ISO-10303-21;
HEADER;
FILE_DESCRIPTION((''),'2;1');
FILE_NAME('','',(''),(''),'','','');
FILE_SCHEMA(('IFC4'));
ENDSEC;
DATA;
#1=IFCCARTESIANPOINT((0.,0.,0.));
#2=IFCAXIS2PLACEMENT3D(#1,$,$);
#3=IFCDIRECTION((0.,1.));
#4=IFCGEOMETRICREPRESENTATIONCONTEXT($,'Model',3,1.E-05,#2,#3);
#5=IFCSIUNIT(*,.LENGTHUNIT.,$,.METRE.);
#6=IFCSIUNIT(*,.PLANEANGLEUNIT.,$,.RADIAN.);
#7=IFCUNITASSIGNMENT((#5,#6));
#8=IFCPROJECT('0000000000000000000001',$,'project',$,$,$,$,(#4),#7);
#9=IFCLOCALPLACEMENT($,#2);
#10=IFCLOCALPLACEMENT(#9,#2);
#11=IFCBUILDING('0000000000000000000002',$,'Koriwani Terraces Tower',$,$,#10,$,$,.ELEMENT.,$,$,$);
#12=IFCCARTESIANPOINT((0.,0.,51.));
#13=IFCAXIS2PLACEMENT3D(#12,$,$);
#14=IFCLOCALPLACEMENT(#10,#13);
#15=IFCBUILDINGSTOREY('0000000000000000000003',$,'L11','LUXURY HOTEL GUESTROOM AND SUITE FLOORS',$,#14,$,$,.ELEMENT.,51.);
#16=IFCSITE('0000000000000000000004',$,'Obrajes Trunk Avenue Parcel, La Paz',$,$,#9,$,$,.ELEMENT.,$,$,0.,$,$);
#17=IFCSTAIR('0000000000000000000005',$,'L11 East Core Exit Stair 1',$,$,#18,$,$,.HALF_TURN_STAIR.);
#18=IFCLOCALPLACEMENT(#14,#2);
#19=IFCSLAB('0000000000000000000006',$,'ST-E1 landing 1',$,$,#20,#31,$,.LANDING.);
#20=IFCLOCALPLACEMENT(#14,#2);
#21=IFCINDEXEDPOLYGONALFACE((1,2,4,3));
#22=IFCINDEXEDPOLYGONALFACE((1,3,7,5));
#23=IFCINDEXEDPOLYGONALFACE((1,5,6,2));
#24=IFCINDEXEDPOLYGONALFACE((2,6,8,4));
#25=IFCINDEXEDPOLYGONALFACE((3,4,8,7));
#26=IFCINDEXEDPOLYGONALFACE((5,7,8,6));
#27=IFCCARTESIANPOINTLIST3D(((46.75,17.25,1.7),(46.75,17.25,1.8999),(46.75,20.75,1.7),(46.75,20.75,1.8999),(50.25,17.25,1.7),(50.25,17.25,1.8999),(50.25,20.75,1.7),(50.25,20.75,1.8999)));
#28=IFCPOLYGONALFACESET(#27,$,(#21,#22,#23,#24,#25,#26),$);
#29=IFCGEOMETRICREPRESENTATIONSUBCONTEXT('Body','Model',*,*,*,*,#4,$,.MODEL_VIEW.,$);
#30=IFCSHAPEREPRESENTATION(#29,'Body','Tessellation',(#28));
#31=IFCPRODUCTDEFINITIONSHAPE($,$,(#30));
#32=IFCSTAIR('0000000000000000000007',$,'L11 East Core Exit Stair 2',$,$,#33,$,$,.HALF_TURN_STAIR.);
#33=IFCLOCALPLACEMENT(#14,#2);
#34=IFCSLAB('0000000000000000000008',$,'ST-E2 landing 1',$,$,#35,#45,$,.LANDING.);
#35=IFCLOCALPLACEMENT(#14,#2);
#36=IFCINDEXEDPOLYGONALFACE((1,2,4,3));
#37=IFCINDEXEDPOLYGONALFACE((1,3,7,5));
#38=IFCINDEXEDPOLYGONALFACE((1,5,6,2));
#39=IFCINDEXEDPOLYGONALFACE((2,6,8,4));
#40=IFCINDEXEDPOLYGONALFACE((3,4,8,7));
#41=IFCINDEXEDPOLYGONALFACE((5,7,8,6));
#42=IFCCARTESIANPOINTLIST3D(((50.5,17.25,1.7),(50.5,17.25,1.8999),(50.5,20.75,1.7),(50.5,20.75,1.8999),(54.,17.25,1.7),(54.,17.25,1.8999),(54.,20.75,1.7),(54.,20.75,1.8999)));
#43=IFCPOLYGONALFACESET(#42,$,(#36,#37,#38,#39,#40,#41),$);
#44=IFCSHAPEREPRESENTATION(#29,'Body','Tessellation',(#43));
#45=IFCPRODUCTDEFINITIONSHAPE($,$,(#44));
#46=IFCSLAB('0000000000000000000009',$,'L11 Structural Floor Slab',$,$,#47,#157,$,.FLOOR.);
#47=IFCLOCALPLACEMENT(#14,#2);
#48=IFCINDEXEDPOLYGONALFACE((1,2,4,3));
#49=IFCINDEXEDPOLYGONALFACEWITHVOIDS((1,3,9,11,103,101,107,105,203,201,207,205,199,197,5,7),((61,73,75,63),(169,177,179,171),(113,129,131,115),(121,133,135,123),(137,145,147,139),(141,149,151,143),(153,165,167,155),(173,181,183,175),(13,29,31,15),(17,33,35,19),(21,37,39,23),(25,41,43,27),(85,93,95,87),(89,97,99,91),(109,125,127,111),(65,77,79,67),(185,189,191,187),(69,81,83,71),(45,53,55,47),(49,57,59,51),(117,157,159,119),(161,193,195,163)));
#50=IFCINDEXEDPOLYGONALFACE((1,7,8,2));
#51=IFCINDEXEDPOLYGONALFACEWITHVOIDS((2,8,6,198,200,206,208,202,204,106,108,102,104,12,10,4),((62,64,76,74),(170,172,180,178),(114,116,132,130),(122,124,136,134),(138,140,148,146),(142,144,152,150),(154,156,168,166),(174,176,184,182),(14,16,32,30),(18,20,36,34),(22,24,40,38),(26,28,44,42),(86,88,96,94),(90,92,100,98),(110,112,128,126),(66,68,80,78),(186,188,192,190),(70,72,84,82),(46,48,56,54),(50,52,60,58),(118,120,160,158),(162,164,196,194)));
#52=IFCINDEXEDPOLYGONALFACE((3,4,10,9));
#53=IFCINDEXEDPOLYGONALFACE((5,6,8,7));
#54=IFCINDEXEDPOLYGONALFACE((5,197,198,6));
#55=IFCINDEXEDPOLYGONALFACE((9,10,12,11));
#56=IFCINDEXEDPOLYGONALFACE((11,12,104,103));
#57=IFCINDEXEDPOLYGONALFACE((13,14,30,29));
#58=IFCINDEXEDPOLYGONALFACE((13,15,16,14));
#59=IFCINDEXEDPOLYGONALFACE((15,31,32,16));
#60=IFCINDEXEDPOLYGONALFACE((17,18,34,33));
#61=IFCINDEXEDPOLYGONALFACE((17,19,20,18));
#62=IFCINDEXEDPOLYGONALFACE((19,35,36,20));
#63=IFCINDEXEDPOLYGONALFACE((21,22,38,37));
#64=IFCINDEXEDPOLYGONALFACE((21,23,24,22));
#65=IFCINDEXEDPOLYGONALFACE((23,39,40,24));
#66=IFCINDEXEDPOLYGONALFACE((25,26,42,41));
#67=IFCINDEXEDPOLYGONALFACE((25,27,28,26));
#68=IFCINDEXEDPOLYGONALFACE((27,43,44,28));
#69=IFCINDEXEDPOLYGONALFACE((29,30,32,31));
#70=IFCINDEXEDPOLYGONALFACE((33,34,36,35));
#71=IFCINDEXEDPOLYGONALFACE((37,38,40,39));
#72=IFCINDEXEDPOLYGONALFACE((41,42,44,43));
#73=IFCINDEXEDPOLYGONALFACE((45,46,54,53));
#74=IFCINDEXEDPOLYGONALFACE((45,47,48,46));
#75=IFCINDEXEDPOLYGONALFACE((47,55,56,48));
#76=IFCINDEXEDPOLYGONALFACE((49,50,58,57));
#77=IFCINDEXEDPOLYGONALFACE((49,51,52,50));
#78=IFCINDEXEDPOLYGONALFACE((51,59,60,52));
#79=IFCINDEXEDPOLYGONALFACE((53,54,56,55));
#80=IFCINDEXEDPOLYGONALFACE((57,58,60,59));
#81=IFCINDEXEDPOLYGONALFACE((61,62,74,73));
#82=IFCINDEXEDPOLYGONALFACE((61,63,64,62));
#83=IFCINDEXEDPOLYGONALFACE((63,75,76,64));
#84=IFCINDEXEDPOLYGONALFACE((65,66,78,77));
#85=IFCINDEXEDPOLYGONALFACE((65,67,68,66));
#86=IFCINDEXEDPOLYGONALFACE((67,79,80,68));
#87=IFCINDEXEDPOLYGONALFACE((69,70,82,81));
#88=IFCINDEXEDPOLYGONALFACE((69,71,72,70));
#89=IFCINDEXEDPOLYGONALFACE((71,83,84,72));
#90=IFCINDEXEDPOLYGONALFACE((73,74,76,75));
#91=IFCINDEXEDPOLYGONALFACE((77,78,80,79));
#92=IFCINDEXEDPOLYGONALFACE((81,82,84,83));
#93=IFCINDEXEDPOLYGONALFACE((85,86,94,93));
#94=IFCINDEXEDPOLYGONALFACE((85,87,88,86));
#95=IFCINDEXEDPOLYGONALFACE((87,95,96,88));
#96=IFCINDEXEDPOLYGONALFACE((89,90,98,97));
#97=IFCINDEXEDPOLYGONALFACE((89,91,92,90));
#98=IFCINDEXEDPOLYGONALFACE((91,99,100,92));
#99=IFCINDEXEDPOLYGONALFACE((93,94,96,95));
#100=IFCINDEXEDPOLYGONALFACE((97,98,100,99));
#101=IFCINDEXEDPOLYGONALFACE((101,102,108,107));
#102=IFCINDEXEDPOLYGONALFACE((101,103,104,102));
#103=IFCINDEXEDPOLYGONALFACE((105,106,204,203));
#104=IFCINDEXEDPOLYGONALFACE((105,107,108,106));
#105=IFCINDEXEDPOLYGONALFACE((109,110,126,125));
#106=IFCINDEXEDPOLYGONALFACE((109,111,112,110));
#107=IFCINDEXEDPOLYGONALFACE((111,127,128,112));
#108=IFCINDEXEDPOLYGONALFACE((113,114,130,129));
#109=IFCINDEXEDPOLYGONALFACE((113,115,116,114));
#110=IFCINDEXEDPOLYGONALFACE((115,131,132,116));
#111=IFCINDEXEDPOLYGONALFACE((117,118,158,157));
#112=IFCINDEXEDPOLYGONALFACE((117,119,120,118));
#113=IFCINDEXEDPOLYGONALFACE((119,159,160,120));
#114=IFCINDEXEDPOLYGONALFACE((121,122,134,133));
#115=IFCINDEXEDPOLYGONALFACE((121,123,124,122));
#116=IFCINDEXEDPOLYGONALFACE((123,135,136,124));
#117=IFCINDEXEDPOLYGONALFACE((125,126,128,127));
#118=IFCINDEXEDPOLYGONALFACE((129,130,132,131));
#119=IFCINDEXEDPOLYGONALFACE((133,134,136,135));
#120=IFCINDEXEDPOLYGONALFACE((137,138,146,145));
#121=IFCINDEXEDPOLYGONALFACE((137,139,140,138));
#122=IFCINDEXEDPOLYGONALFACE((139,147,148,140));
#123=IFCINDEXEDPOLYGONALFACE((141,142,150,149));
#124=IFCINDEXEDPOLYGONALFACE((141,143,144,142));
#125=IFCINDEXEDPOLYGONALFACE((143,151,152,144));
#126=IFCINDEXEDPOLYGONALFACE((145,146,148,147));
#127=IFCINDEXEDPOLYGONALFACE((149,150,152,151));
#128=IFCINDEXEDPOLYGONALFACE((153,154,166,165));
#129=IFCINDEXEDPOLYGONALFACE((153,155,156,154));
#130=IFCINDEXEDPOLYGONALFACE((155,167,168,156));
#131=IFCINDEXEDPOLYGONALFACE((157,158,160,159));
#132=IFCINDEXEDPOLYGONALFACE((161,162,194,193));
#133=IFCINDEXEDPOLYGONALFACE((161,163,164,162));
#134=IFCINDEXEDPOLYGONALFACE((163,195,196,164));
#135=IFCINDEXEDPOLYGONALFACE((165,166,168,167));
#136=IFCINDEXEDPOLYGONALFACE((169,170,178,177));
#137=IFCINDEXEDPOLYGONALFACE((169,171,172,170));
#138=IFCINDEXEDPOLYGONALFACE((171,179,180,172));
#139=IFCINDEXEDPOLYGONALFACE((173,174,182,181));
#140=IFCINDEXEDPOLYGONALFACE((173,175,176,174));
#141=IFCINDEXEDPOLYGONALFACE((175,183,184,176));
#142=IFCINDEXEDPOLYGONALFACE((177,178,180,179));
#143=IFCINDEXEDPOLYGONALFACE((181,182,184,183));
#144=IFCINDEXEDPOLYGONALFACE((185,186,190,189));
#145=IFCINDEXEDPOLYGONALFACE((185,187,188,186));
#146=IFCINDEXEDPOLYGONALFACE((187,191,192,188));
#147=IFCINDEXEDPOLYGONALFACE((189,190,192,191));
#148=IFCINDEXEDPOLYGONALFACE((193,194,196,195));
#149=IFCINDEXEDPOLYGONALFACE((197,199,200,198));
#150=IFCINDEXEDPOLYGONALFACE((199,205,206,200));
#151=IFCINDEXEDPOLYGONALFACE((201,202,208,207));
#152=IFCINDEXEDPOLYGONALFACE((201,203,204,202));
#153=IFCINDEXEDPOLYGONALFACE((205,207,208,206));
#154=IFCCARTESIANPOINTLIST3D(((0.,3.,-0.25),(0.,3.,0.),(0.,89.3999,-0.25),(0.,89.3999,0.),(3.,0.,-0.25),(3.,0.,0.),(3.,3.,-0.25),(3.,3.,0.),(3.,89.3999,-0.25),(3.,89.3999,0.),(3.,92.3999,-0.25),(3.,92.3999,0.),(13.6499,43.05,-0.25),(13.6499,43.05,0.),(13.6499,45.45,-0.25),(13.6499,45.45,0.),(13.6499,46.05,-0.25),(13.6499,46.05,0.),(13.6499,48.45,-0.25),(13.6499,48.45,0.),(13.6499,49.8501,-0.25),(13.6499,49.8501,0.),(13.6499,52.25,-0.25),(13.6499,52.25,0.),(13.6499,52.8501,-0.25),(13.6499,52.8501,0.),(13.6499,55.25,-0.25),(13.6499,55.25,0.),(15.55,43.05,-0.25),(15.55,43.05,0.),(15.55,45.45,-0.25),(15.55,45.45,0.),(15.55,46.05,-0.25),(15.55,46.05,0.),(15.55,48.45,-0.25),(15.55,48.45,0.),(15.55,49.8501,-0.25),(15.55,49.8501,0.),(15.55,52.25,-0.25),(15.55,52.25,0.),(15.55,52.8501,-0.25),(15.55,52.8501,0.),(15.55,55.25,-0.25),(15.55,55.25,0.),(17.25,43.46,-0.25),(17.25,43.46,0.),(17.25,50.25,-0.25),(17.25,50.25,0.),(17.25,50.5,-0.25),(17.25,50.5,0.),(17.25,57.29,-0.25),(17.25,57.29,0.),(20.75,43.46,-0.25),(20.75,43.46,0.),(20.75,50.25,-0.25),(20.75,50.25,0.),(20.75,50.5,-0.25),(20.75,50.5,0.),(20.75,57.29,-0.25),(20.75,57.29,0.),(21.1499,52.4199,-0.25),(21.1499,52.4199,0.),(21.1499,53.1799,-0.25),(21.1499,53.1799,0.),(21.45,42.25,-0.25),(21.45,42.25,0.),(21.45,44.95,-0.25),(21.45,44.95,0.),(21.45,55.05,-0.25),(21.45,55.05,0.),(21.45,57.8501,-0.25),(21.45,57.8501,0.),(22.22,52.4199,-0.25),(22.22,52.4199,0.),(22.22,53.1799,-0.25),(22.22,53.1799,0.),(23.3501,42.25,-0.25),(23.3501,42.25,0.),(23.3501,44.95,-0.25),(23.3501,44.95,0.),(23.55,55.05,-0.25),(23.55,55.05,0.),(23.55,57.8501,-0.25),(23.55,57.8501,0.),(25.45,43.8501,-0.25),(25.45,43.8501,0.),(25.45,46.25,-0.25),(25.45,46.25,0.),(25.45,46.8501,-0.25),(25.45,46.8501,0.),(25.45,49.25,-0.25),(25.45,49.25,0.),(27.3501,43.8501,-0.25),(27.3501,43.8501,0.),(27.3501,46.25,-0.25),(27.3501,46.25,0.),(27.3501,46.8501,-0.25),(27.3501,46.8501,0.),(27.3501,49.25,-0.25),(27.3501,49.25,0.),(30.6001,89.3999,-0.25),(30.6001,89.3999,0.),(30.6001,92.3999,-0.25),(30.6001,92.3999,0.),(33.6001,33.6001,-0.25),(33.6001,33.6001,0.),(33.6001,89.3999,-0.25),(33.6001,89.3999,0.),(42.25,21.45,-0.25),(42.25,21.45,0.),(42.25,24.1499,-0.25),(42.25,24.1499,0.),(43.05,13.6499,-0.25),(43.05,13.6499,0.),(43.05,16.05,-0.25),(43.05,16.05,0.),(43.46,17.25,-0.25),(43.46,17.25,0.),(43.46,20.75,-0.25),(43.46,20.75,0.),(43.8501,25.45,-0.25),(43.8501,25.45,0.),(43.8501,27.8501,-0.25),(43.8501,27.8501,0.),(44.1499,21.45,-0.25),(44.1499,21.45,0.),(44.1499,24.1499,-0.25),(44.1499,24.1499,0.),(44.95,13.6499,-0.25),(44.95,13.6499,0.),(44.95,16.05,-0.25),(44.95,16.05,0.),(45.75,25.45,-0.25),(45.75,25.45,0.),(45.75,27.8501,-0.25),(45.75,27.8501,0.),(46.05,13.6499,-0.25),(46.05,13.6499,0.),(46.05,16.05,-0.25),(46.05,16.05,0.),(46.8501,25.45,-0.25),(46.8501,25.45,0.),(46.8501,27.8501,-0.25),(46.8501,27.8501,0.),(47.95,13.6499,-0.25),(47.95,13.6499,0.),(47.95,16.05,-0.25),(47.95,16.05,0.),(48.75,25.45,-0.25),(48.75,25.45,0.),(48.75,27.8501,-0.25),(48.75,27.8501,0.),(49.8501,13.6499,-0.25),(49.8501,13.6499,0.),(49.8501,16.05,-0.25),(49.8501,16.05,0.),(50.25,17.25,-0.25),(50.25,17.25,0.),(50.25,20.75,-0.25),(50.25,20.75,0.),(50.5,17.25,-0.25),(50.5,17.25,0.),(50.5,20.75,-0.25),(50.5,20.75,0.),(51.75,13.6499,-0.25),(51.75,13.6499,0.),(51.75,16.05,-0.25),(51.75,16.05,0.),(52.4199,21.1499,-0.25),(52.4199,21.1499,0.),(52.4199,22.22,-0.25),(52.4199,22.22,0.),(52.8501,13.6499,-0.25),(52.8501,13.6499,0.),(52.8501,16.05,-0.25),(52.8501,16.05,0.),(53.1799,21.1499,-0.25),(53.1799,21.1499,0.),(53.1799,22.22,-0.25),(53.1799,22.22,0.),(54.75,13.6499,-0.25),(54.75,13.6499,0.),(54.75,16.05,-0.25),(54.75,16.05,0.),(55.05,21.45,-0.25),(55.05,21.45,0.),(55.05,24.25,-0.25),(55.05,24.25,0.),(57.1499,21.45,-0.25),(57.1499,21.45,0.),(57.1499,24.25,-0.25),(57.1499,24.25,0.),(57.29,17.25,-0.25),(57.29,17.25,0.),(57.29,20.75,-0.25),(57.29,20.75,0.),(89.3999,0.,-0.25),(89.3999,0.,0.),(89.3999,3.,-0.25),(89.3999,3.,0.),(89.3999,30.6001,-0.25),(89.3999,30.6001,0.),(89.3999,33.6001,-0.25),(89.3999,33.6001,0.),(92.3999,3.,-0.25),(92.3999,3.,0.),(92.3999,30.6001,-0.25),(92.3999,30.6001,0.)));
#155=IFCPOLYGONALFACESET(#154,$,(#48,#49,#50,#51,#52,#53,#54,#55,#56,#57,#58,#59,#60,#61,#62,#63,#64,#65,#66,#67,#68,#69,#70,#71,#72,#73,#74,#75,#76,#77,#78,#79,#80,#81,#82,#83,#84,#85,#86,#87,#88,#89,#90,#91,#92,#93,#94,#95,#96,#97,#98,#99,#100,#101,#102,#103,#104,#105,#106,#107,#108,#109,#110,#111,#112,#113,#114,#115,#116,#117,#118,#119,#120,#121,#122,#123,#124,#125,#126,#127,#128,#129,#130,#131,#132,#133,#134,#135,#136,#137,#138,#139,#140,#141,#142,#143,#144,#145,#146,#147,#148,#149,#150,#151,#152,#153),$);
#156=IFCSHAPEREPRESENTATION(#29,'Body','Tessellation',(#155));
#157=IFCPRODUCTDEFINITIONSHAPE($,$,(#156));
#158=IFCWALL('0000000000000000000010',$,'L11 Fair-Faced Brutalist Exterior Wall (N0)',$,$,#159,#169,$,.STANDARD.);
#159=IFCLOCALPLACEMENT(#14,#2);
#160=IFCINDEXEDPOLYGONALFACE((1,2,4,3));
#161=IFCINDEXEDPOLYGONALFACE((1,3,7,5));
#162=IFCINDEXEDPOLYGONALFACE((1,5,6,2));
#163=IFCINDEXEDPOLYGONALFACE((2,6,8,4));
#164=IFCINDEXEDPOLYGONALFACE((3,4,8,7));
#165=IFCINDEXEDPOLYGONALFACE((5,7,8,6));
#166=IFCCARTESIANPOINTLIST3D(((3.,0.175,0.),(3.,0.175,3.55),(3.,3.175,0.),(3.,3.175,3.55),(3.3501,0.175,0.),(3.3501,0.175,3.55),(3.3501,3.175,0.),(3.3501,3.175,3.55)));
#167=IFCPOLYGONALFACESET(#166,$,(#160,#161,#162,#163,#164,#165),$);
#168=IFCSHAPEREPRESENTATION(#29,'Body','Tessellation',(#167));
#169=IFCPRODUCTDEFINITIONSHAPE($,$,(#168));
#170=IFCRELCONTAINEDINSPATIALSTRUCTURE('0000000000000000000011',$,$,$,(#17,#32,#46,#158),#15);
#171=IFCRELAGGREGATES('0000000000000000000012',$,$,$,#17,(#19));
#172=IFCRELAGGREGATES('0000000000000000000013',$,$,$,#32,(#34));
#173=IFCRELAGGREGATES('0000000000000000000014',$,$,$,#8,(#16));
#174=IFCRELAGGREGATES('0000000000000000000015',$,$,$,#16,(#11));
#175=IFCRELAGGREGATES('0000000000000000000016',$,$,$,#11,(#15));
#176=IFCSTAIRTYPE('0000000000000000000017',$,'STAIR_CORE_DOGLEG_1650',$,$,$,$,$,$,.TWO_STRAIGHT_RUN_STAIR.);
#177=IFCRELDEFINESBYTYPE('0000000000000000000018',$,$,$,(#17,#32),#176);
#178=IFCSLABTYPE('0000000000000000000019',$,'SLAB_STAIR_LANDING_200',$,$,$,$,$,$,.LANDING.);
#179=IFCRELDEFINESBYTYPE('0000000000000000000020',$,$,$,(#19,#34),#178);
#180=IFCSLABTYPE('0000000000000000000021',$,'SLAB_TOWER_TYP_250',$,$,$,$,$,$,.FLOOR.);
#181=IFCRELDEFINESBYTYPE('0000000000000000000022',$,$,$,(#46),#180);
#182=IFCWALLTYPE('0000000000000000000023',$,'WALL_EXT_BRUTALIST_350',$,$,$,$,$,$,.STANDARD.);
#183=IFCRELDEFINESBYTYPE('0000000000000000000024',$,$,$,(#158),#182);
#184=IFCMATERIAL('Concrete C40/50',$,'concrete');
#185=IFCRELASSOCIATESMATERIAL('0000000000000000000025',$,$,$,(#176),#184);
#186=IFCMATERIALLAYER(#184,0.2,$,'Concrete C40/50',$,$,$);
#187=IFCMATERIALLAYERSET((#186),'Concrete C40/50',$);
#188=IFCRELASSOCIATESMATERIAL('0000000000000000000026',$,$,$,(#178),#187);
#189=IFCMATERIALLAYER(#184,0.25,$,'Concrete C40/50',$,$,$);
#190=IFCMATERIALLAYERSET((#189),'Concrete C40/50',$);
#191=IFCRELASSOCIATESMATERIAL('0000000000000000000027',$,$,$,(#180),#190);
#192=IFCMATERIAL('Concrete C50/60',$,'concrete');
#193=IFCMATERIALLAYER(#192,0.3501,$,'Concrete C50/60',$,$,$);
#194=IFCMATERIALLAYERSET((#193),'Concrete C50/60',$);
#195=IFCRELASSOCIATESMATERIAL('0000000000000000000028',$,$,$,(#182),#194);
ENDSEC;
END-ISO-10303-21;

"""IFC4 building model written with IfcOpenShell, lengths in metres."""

from ifc_helpers import new_model, si_unit, direction, frame, frame_2d, origin, place, context, subcontext, project, spatial, polyline, rectangle, outline, extrude, material, layer, layer_set, type_object, element, aggregate, save


model = new_model("IFC4")

# Units and contexts
model_context = context("Model", 3, precision=1e-05, world=origin(), true_north=direction((0.0, 1.0)))
body_context = subcontext(model_context, "Body", "Model", "MODEL_VIEW")
ifc_project = project(units=[si_unit("LENGTHUNIT", "METRE"), si_unit("PLANEANGLEUNIT", "RADIAN")], contexts=[model_context])

# Site, building, storey
site_placement = place(None, origin())
site = spatial("IfcSite", under=ifc_project, at=site_placement, Name="Obrajes Trunk Avenue Parcel, La Paz", CompositionType="ELEMENT", RefElevation=0.0)
building_placement = place(site_placement, origin())
building = spatial("IfcBuilding", under=site, at=building_placement, Name="Koriwani Terraces Tower", CompositionType="ELEMENT")
storey_placement = place(building_placement, frame((0.0, 0.0, 51.0)))
storey = spatial("IfcBuildingStorey", under=building, at=storey_placement, Name="L11", Description="LUXURY HOTEL GUESTROOM AND SUITE FLOORS", CompositionType="ELEMENT", Elevation=51.0)

# Shared definitions
ifc_material_1 = material(Name="Concrete C40/50", Category="concrete")
ifc_material_2 = material(Name="Concrete C50/60", Category="concrete")

# Stairs, slabs
stair_type = type_object("IfcStairType", Name="STAIR_CORE_DOGLEG_1650", PredefinedType="TWO_STRAIGHT_RUN_STAIR", material=ifc_material_1)
ifc_layer_1 = layer(ifc_material_1, 0.2, Name="Concrete C40/50")
ifc_layer_set_1 = layer_set([ifc_layer_1], Name="Concrete C40/50")
slab_type_1 = type_object("IfcSlabType", Name="SLAB_STAIR_LANDING_200", PredefinedType="LANDING", material=ifc_layer_set_1)
stair_1_placement = place(storey_placement, origin())
stair_1 = element("IfcStair", 1, at=stair_1_placement, inside=storey, type_object=stair_type, Name="L11 East Core Exit Stair 1", PredefinedType="HALF_TURN_STAIR")
slab_1_placement = place(storey_placement, frame((0.0, 0.0, 1.7)))
slab_1 = element("IfcSlab", 2, at=slab_1_placement, type_object=slab_type_1, Name="ST-E1 landing 1", PredefinedType="LANDING", context=body_context, shape_type="SweptSolid", body=[
    extrude(outline(polyline([(46.75, 17.25), (50.25, 17.25), (50.25, 20.75), (46.75, 20.75), (46.75, 17.25)])), origin(), (0.0, 0.0, 1.0), 0.2),
])
aggregate(stair_1, [slab_1])
stair_2_placement = place(storey_placement, origin())
stair_2 = element("IfcStair", 3, at=stair_2_placement, inside=storey, type_object=stair_type, Name="L11 East Core Exit Stair 2", PredefinedType="HALF_TURN_STAIR")
slab_2_placement = place(storey_placement, frame((0.0, 0.0, 1.7)))
slab_2 = element("IfcSlab", 4, at=slab_2_placement, type_object=slab_type_1, Name="ST-E2 landing 1", PredefinedType="LANDING", context=body_context, shape_type="SweptSolid", body=[
    extrude(outline(polyline([(54.0, 20.75), (50.5, 20.75), (50.5, 17.25), (54.0, 17.25), (54.0, 20.75)])), origin(), (0.0, 0.0, 1.0), 0.2),
])
aggregate(stair_2, [slab_2])

# Slab
ifc_layer_2 = layer(ifc_material_1, 0.25, Name="Concrete C40/50")
ifc_layer_set_2 = layer_set([ifc_layer_2], Name="Concrete C40/50")
slab_type_2 = type_object("IfcSlabType", Name="SLAB_TOWER_TYP_250", PredefinedType="FLOOR", material=ifc_layer_set_2)
slab_3_placement = place(storey_placement, frame((0.0, 0.0, -0.25)))
element("IfcSlab", 5, at=slab_3_placement, inside=storey, type_object=slab_type_2, Name="L11 Structural Floor Slab", PredefinedType="FLOOR", context=body_context, shape_type="SweptSolid", body=[
    extrude(outline(polyline([(3.0, 0.0), (89.3999, 0.0), (89.3999, 3.0), (92.3999, 3.0), (92.3999, 30.6001), (89.3999, 30.6001), (89.3999, 33.6001), (33.6001, 33.6001), (33.6001, 89.3999), (30.6001, 89.3999), (30.6001, 92.3999), (3.0, 92.3999), (3.0, 89.3999), (0.0, 89.3999), (0.0, 3.0), (3.0, 3.0), (3.0, 0.0)]), holes=[polyline([(17.25, 43.46), (20.75, 43.46), (20.75, 50.25), (17.25, 50.25), (17.25, 43.46)]), polyline([(17.25, 50.5), (20.75, 50.5), (20.75, 57.29), (17.25, 57.29), (17.25, 50.5)]), polyline([(43.46, 17.25), (50.25, 17.25), (50.25, 20.75), (43.46, 20.75), (43.46, 17.25)]), polyline([(50.5, 17.25), (57.29, 17.25), (57.29, 20.75), (50.5, 20.75), (50.5, 17.25)]), polyline([(13.6499, 43.05), (15.55, 43.05), (15.55, 45.45), (13.6499, 45.45), (13.6499, 43.05)]), polyline([(13.6499, 46.05), (15.55, 46.05), (15.55, 48.45), (13.6499, 48.45), (13.6499, 46.05)]), polyline([(43.05, 13.6499), (44.95, 13.6499), (44.95, 16.05), (43.05, 16.05), (43.05, 13.6499)]), polyline([(46.05, 13.6499), (47.95, 13.6499), (47.95, 16.05), (46.05, 16.05), (46.05, 13.6499)]), polyline([(13.6499, 49.8501), (15.55, 49.8501), (15.55, 52.25), (13.6499, 52.25), (13.6499, 49.8501)]), polyline([(13.6499, 52.8501), (15.55, 52.8501), (15.55, 55.25), (13.6499, 55.25), (13.6499, 52.8501)]), polyline([(49.8501, 13.6499), (51.75, 13.6499), (51.75, 16.05), (49.8501, 16.05), (49.8501, 13.6499)]), polyline([(52.8501, 13.6499), (54.75, 13.6499), (54.75, 16.05), (52.8501, 16.05), (52.8501, 13.6499)]), polyline([(25.45, 43.8501), (27.3501, 43.8501), (27.3501, 46.25), (25.45, 46.25), (25.45, 43.8501)]), polyline([(25.45, 46.8501), (27.3501, 46.8501), (27.3501, 49.25), (25.45, 49.25), (25.45, 46.8501)]), polyline([(43.8501, 25.45), (45.75, 25.45), (45.75, 27.8501), (43.8501, 27.8501), (43.8501, 25.45)]), polyline([(46.8501, 25.45), (48.75, 25.45), (48.75, 27.8501), (46.8501, 27.8501), (46.8501, 25.45)]), polyline([(21.45, 55.05), (23.55, 55.05), (23.55, 57.8501), (21.45, 57.8501), (21.45, 55.05)]), polyline([(55.05, 21.45), (57.1499, 21.45), (57.1499, 24.25), (55.05, 24.25), (55.05, 21.45)]), polyline([(21.45, 42.25), (23.3501, 42.25), (23.3501, 44.95), (21.45, 44.95), (21.45, 42.25)]), polyline([(42.25, 21.45), (44.1499, 21.45), (44.1499, 24.1499), (42.25, 24.1499), (42.25, 21.45)]), polyline([(21.1499, 52.4199), (22.22, 52.4199), (22.22, 53.1799), (21.1499, 53.1799), (21.1499, 52.4199)]), polyline([(52.4199, 21.1499), (53.1799, 21.1499), (53.1799, 22.22), (52.4199, 22.22), (52.4199, 21.1499)])]), origin(), (0.0, 0.0, 1.0), 0.25),
])

# Wall
ifc_layer_3 = layer(ifc_material_2, 0.3501, Name="Concrete C50/60")
ifc_layer_set_3 = layer_set([ifc_layer_3], Name="Concrete C50/60")
wall_type = type_object("IfcWallType", Name="WALL_EXT_BRUTALIST_350", PredefinedType="STANDARD", material=ifc_layer_set_3)
wall_1_placement = place(storey_placement, frame((3.175, 0.175, 0.0), z_axis=(0.0, 0.0, 1.0), x_axis=(0.0, 1.0, 0.0)))
element("IfcWall", 6, at=wall_1_placement, inside=storey, type_object=wall_type, Name="L11 Fair-Faced Brutalist Exterior Wall (N0)", PredefinedType="STANDARD", context=body_context, shape_type="SweptSolid", body=[
    extrude(rectangle(XDim=3.0, YDim=0.3501, at=frame_2d((1.5, 0.0))), origin(), (0.0, 0.0, 1.0), 3.55),
])

save(model, "model.ifc")
